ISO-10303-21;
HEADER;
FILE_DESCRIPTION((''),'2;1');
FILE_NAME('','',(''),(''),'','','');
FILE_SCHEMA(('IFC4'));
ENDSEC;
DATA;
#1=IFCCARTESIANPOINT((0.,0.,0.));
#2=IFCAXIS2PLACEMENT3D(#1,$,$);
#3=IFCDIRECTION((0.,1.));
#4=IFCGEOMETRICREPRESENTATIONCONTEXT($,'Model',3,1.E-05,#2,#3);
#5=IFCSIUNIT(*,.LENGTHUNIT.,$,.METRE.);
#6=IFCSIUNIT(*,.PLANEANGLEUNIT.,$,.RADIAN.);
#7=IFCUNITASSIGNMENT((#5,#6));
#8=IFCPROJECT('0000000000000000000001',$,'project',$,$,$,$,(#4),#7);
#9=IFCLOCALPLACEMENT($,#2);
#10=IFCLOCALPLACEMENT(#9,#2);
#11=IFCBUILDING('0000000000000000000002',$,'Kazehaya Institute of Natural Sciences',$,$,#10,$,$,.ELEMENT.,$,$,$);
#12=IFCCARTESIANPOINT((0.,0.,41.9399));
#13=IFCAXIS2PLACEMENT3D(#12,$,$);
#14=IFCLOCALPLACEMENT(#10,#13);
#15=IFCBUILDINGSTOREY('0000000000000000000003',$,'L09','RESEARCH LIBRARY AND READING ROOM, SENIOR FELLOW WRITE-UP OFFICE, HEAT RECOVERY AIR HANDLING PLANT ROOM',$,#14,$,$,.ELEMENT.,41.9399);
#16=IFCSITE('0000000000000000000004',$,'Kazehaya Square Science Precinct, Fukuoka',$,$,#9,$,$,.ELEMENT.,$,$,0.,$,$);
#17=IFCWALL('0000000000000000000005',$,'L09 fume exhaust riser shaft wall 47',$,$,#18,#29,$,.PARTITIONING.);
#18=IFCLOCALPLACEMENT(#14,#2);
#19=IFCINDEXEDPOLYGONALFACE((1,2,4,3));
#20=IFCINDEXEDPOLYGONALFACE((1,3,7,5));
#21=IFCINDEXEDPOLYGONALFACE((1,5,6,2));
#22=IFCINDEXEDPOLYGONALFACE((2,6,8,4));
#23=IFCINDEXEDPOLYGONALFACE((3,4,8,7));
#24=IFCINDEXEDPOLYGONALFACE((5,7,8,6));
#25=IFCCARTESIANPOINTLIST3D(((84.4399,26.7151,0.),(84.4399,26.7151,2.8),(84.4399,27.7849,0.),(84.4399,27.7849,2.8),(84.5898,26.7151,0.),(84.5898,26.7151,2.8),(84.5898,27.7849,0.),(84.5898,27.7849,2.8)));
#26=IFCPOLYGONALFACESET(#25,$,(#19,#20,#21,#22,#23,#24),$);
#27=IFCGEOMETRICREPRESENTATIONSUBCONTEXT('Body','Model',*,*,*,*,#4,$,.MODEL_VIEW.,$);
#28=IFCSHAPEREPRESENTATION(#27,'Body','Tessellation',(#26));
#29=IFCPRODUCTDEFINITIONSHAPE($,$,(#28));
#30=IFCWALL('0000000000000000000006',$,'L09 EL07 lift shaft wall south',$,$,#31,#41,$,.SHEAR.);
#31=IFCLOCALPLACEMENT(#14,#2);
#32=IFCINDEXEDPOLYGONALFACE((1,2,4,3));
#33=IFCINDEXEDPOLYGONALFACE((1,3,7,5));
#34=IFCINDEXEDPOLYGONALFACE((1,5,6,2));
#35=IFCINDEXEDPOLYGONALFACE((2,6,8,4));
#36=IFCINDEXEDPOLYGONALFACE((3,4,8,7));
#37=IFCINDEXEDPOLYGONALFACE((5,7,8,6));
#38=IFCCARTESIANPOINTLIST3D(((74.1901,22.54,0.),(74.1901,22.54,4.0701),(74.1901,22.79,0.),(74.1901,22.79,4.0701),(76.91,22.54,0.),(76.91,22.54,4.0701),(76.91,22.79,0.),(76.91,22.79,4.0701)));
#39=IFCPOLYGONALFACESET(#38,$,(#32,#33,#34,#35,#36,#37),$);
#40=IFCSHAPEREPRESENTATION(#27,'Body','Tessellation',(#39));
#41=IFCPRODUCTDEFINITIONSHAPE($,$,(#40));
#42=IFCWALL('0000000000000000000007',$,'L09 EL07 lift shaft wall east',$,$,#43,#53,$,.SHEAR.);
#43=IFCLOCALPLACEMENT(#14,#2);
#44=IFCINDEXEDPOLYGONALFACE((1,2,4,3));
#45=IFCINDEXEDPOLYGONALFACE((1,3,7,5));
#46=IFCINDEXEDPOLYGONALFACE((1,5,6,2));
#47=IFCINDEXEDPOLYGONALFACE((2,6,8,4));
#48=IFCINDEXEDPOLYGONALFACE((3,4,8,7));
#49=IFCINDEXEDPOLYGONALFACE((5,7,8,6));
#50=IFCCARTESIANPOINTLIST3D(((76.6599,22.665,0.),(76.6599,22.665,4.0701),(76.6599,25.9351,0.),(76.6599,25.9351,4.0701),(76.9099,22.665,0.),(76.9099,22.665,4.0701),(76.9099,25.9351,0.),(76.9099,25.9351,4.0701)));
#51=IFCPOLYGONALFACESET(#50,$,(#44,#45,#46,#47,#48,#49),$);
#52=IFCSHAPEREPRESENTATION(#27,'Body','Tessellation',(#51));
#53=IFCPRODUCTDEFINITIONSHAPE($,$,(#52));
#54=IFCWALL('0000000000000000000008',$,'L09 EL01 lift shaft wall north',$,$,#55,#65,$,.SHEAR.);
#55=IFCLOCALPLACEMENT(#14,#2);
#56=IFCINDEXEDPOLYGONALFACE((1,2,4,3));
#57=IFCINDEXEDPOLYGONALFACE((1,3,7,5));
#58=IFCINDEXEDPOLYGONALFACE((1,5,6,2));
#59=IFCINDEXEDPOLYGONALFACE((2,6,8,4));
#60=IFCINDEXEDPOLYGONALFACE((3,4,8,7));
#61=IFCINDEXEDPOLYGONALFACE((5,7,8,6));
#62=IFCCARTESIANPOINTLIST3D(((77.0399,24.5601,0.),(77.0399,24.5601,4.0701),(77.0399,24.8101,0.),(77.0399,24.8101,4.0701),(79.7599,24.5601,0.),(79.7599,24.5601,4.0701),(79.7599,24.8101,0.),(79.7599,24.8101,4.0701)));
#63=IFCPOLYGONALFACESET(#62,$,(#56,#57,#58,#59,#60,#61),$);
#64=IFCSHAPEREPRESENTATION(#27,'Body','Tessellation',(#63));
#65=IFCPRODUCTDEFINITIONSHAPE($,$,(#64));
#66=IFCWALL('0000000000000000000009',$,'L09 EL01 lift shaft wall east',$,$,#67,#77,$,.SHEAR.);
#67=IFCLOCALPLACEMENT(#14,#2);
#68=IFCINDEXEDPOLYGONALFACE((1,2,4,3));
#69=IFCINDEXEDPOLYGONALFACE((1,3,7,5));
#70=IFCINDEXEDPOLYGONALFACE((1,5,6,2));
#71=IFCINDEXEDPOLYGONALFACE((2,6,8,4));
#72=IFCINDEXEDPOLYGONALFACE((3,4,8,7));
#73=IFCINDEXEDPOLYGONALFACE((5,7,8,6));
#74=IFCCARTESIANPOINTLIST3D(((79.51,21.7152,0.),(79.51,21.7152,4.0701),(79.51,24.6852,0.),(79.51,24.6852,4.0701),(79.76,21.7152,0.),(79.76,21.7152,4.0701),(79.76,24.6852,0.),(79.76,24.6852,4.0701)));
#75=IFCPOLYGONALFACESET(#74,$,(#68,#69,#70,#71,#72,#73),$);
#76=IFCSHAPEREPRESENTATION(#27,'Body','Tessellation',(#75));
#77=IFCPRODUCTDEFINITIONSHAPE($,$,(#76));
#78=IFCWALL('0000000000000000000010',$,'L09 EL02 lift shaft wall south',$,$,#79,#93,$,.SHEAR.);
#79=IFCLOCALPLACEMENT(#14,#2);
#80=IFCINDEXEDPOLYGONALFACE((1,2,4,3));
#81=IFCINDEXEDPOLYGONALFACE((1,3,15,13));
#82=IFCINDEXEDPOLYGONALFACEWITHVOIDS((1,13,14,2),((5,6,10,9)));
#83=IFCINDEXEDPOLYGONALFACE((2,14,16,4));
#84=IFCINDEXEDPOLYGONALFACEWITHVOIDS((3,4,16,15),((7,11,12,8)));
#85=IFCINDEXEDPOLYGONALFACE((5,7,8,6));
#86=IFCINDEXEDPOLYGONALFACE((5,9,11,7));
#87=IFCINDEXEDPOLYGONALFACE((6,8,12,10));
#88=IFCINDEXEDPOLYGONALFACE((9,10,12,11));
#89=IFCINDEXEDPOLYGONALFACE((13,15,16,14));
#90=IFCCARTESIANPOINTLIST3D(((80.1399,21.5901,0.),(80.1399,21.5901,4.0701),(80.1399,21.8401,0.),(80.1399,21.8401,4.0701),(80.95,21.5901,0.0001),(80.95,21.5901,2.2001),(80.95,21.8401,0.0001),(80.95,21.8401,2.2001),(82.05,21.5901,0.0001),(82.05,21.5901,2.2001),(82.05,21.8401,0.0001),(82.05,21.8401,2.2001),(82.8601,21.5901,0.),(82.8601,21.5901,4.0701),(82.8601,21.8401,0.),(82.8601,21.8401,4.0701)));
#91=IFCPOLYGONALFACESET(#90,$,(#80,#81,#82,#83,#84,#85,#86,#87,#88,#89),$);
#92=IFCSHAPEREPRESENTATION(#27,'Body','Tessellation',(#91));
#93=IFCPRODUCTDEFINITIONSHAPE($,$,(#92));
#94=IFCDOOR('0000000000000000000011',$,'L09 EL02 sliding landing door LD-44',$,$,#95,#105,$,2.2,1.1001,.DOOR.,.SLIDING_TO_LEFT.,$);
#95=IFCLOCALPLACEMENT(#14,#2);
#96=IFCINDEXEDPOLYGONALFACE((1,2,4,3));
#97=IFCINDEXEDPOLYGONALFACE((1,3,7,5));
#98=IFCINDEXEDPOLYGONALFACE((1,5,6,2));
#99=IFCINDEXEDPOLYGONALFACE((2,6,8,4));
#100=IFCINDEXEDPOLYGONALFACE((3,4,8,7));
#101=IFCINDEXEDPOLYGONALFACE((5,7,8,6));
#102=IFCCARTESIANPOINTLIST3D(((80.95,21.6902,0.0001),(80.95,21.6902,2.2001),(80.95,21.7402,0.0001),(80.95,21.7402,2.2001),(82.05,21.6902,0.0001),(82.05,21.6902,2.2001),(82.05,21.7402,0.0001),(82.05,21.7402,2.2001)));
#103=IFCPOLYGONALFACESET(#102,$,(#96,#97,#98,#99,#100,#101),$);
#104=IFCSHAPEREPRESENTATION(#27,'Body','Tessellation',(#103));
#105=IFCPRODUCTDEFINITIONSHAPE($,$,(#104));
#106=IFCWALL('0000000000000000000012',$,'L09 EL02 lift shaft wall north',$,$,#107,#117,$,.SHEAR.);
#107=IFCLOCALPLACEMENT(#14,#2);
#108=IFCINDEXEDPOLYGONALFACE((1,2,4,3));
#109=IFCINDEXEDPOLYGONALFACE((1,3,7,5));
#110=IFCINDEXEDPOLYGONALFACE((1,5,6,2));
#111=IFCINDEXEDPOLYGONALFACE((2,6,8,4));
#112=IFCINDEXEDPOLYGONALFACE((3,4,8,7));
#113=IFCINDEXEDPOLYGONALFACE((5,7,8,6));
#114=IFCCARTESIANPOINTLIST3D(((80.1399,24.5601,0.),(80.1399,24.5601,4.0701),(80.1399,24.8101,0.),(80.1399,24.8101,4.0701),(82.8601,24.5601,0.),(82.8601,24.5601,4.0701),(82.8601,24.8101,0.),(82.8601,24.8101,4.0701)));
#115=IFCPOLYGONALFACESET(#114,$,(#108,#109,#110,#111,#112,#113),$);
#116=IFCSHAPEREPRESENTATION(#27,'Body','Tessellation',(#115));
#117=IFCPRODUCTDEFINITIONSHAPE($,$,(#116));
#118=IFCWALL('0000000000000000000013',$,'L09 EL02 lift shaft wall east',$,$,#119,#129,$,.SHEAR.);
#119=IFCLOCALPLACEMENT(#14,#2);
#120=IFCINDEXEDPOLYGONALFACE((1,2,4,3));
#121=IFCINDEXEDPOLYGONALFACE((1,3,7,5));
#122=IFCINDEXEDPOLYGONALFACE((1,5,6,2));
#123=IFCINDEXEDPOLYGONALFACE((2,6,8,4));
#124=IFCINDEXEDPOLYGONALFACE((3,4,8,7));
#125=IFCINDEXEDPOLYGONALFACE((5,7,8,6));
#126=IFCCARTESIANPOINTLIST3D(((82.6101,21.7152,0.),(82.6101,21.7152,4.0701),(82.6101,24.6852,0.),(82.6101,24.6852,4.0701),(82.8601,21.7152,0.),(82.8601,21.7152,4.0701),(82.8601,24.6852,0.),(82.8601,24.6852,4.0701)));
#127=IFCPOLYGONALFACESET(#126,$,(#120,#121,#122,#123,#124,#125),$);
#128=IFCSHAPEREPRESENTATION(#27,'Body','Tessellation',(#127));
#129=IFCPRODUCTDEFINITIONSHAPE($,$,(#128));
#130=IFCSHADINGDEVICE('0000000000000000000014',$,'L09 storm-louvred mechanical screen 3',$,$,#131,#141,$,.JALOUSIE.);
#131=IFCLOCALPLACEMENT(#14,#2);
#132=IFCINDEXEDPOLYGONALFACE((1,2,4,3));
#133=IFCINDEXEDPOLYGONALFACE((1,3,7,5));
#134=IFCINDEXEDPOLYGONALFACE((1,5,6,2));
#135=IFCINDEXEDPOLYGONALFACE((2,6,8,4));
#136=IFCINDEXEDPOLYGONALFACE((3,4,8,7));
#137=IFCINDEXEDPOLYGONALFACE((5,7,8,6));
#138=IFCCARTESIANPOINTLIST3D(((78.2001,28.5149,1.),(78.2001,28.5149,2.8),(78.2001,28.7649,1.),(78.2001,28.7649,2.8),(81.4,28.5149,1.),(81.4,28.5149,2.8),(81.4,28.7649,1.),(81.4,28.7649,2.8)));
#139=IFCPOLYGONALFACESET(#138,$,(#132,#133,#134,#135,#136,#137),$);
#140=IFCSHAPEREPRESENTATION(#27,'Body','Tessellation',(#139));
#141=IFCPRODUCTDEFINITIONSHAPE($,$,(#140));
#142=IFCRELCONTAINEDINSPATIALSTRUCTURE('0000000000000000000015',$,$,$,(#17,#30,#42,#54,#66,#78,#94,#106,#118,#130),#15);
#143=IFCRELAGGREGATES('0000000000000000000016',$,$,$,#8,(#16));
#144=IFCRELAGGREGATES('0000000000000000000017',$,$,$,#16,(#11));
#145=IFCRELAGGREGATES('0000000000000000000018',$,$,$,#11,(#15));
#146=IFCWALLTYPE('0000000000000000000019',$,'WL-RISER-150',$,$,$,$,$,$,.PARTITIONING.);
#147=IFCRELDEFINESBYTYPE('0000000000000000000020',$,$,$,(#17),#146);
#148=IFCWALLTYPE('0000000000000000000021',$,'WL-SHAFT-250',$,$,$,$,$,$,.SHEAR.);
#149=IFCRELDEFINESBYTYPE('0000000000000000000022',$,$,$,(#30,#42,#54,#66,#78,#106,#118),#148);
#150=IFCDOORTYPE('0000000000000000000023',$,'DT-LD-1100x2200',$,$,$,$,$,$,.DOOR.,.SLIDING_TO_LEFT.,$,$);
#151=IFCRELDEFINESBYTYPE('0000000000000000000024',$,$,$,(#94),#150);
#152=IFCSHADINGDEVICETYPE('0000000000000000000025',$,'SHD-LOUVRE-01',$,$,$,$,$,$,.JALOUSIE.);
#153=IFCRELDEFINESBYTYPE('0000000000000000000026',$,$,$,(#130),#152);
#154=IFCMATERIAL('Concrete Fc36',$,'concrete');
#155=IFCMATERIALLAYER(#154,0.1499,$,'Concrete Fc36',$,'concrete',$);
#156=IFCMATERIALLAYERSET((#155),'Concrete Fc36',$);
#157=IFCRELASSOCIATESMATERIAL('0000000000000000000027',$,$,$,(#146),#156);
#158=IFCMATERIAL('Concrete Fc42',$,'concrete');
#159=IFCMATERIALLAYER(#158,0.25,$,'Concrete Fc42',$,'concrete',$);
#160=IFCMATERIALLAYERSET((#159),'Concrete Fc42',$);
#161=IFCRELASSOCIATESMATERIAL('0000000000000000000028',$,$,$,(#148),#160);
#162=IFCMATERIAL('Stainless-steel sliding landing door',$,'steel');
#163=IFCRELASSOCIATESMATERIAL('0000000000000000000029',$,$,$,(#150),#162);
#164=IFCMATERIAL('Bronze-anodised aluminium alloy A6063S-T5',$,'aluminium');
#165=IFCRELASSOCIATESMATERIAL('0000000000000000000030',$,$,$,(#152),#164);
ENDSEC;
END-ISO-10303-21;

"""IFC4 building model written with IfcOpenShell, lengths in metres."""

from ifc_helpers import new_model, si_unit, direction, frame, frame_2d, origin, origin_2d, place, context, subcontext, project, spatial, rectangle, extrude, material, layer, layer_set, type_object, element, fill, save


model = new_model("IFC4")

# Units and contexts
model_context = context("Model", 3, precision=1e-05, world=origin(), true_north=direction((0.0, 1.0)))
body_context = subcontext(model_context, "Body", "Model", "MODEL_VIEW")
ifc_project = project(units=[si_unit("LENGTHUNIT", "METRE"), si_unit("PLANEANGLEUNIT", "RADIAN")], contexts=[model_context])

# Site, building, storey
site_placement = place(None, origin())
site = spatial("IfcSite", under=ifc_project, at=site_placement, Name="Kazehaya Square Science Precinct, Fukuoka", CompositionType="ELEMENT", RefElevation=0.0)
building_placement = place(site_placement, origin())
building = spatial("IfcBuilding", under=site, at=building_placement, Name="Kazehaya Institute of Natural Sciences", CompositionType="ELEMENT")
storey_placement = place(building_placement, frame((0.0, 0.0, 41.9399)))
storey = spatial("IfcBuildingStorey", under=building, at=storey_placement, Name="L09", Description="RESEARCH LIBRARY AND READING ROOM, SENIOR FELLOW WRITE-UP OFFICE, HEAT RECOVERY AIR HANDLING PLANT ROOM", CompositionType="ELEMENT", Elevation=41.9399)

# Shared definitions
ifc_material_1 = material(Name="Concrete Fc36", Category="concrete")

# Walls
ifc_layer_1 = layer(ifc_material_1, 0.1499, Name="Concrete Fc36", Category="concrete")
ifc_layer_set_1 = layer_set([ifc_layer_1], Name="Concrete Fc36")
wall_type_1 = type_object("IfcWallType", Name="WL-RISER-150", PredefinedType="PARTITIONING", material=ifc_layer_set_1)
wall_1_placement = place(storey_placement, frame((84.5149, 26.7151, 0.0), z_axis=(0.0, 0.0, 1.0), x_axis=(0.0, 1.0, 0.0)))
element("IfcWall", 1, at=wall_1_placement, inside=storey, type_object=wall_type_1, Name="L09 fume exhaust riser shaft wall 47", PredefinedType="PARTITIONING", context=body_context, shape_type="SweptSolid", body=[
    extrude(rectangle(XDim=1.0698, YDim=0.1499, at=frame_2d((0.5349, 0.0))), origin(), (0.0, 0.0, 1.0), 2.8),
])
ifc_material_2 = material(Name="Concrete Fc42", Category="concrete")
ifc_layer_2 = layer(ifc_material_2, 0.25, Name="Concrete Fc42", Category="concrete")
ifc_layer_set_2 = layer_set([ifc_layer_2], Name="Concrete Fc42")
wall_type_2 = type_object("IfcWallType", Name="WL-SHAFT-250", PredefinedType="SHEAR", material=ifc_layer_set_2)
wall_2_placement = place(storey_placement, frame((76.9099, 22.665, 0.0), z_axis=(0.0, 0.0, 1.0), x_axis=(-1.0, 0.0, 0.0)))
element("IfcWall", 2, at=wall_2_placement, inside=storey, type_object=wall_type_2, Name="L09 EL07 lift shaft wall south", PredefinedType="SHEAR", context=body_context, shape_type="SweptSolid", body=[
    extrude(rectangle(XDim=2.72, YDim=0.25, at=frame_2d((1.3599, 0.0))), origin(), (0.0, 0.0, 1.0), 4.0701),
])
wall_3_placement = place(storey_placement, frame((76.7849, 25.9351, 0.0), z_axis=(0.0, 0.0, 1.0), x_axis=(0.0, -1.0, 0.0)))
element("IfcWall", 3, at=wall_3_placement, inside=storey, type_object=wall_type_2, Name="L09 EL07 lift shaft wall east", PredefinedType="SHEAR", context=body_context, shape_type="SweptSolid", body=[
    extrude(rectangle(XDim=3.27, YDim=0.25, at=frame_2d((1.635, 0.0))), origin(), (0.0, 0.0, 1.0), 4.0701),
])
wall_4_placement = place(storey_placement, frame((77.04, 24.6851, 0.0), z_axis=(0.0, 0.0, 1.0), x_axis=(1.0, 0.0, 0.0)))
element("IfcWall", 4, at=wall_4_placement, inside=storey, type_object=wall_type_2, Name="L09 EL01 lift shaft wall north", PredefinedType="SHEAR", context=body_context, shape_type="SweptSolid", body=[
    extrude(rectangle(XDim=2.72, YDim=0.25, at=frame_2d((1.3599, 0.0))), origin(), (0.0, 0.0, 1.0), 4.0701),
])
wall_5_placement = place(storey_placement, frame((79.635, 24.6851, 0.0), z_axis=(0.0, 0.0, 1.0), x_axis=(0.0, -1.0, 0.0)))
element("IfcWall", 5, at=wall_5_placement, inside=storey, type_object=wall_type_2, Name="L09 EL01 lift shaft wall east", PredefinedType="SHEAR", context=body_context, shape_type="SweptSolid", body=[
    extrude(rectangle(XDim=2.97, YDim=0.25, at=frame_2d((1.4849, 0.0))), origin(), (0.0, 0.0, 1.0), 4.0701),
])

# Wall, opening, door
wall_6_placement = place(storey_placement, frame((82.8601, 21.7151, 0.0), z_axis=(0.0, 0.0, 1.0), x_axis=(-1.0, 0.0, 0.0)))
wall_6 = element("IfcWall", 6, at=wall_6_placement, inside=storey, type_object=wall_type_2, Name="L09 EL02 lift shaft wall south", PredefinedType="SHEAR", context=body_context, shape_type="SweptSolid", body=[
    extrude(rectangle(XDim=2.7202, YDim=0.25, at=frame_2d((1.3601, 0.0))), origin(), (0.0, 0.0, 1.0), 4.0701),
])
opening_1_placement = place(wall_6_placement, frame((0.8101, 0.0, 0.0)))
opening_1 = element("IfcOpeningElement", 7, at=opening_1_placement, cuts=wall_6, PredefinedType="OPENING", context=body_context, shape_type="SweptSolid", body=[
    extrude(rectangle(XDim=1.1001, YDim=2.2, at=frame_2d((0.55, 1.1001))), frame((0.0, 0.135, 0.0), z_axis=(0.0, -1.0, 0.0), x_axis=(1.0, 0.0, 0.0)), (0.0, 0.0, 1.0), 0.27),
])
ifc_material_3 = material(Name="Stainless-steel sliding landing door", Category="steel")
door_type_1 = type_object("IfcDoorType", Name="DT-LD-1100x2200", OperationType="SLIDING_TO_LEFT", PredefinedType="DOOR", material=ifc_material_3)
door_1_placement = place(opening_1_placement, origin())
door_1 = element("IfcDoor", 8, at=door_1_placement, inside=storey, type_object=door_type_1, Name="L09 EL02 sliding landing door LD-44", OperationType="SLIDING_TO_LEFT", OverallHeight=2.2, OverallWidth=1.1001, PredefinedType="DOOR", context=body_context, shape_type="SweptSolid", body=[
    extrude(rectangle(XDim=1.1001, YDim=2.2, at=frame_2d((0.55, 1.1001))), frame((0.0, 0.0249, 0.0), z_axis=(0.0, -1.0, 0.0), x_axis=(1.0, 0.0, 0.0)), (0.0, 0.0, 1.0), 0.05),
])
fill(opening_1, door_1)

# Walls
wall_7_placement = place(storey_placement, frame((80.1399, 24.6851, 0.0), z_axis=(0.0, 0.0, 1.0), x_axis=(1.0, 0.0, 0.0)))
element("IfcWall", 9, at=wall_7_placement, inside=storey, type_object=wall_type_2, Name="L09 EL02 lift shaft wall north", PredefinedType="SHEAR", context=body_context, shape_type="SweptSolid", body=[
    extrude(rectangle(XDim=2.7202, YDim=0.25, at=frame_2d((1.3601, 0.0))), origin(), (0.0, 0.0, 1.0), 4.0701),
])
wall_8_placement = place(storey_placement, frame((82.7351, 24.6851, 0.0), z_axis=(0.0, 0.0, 1.0), x_axis=(0.0, -1.0, 0.0)))
element("IfcWall", 10, at=wall_8_placement, inside=storey, type_object=wall_type_2, Name="L09 EL02 lift shaft wall east", PredefinedType="SHEAR", context=body_context, shape_type="SweptSolid", body=[
    extrude(rectangle(XDim=2.97, YDim=0.25, at=frame_2d((1.4849, 0.0))), origin(), (0.0, 0.0, 1.0), 4.0701),
])

# Shading device
ifc_material_4 = material(Name="Bronze-anodised aluminium alloy A6063S-T5", Category="aluminium")
shading_device_type = type_object("IfcShadingDeviceType", Name="SHD-LOUVRE-01", PredefinedType="JALOUSIE", material=ifc_material_4)
shading_device_placement = place(storey_placement, frame((79.8, 28.6399, 1.0), z_axis=(0.0, 0.0, 1.0), x_axis=(1.0, 0.0, 0.0)))
element("IfcShadingDevice", 11, at=shading_device_placement, inside=storey, type_object=shading_device_type, Name="L09 storm-louvred mechanical screen 3", PredefinedType="JALOUSIE", context=body_context, shape_type="SweptSolid", body=[
    extrude(rectangle(XDim=3.2, YDim=0.25, at=origin_2d()), origin(), (0.0, 0.0, 1.0), 1.8),
])

save(model, "model.ifc")
